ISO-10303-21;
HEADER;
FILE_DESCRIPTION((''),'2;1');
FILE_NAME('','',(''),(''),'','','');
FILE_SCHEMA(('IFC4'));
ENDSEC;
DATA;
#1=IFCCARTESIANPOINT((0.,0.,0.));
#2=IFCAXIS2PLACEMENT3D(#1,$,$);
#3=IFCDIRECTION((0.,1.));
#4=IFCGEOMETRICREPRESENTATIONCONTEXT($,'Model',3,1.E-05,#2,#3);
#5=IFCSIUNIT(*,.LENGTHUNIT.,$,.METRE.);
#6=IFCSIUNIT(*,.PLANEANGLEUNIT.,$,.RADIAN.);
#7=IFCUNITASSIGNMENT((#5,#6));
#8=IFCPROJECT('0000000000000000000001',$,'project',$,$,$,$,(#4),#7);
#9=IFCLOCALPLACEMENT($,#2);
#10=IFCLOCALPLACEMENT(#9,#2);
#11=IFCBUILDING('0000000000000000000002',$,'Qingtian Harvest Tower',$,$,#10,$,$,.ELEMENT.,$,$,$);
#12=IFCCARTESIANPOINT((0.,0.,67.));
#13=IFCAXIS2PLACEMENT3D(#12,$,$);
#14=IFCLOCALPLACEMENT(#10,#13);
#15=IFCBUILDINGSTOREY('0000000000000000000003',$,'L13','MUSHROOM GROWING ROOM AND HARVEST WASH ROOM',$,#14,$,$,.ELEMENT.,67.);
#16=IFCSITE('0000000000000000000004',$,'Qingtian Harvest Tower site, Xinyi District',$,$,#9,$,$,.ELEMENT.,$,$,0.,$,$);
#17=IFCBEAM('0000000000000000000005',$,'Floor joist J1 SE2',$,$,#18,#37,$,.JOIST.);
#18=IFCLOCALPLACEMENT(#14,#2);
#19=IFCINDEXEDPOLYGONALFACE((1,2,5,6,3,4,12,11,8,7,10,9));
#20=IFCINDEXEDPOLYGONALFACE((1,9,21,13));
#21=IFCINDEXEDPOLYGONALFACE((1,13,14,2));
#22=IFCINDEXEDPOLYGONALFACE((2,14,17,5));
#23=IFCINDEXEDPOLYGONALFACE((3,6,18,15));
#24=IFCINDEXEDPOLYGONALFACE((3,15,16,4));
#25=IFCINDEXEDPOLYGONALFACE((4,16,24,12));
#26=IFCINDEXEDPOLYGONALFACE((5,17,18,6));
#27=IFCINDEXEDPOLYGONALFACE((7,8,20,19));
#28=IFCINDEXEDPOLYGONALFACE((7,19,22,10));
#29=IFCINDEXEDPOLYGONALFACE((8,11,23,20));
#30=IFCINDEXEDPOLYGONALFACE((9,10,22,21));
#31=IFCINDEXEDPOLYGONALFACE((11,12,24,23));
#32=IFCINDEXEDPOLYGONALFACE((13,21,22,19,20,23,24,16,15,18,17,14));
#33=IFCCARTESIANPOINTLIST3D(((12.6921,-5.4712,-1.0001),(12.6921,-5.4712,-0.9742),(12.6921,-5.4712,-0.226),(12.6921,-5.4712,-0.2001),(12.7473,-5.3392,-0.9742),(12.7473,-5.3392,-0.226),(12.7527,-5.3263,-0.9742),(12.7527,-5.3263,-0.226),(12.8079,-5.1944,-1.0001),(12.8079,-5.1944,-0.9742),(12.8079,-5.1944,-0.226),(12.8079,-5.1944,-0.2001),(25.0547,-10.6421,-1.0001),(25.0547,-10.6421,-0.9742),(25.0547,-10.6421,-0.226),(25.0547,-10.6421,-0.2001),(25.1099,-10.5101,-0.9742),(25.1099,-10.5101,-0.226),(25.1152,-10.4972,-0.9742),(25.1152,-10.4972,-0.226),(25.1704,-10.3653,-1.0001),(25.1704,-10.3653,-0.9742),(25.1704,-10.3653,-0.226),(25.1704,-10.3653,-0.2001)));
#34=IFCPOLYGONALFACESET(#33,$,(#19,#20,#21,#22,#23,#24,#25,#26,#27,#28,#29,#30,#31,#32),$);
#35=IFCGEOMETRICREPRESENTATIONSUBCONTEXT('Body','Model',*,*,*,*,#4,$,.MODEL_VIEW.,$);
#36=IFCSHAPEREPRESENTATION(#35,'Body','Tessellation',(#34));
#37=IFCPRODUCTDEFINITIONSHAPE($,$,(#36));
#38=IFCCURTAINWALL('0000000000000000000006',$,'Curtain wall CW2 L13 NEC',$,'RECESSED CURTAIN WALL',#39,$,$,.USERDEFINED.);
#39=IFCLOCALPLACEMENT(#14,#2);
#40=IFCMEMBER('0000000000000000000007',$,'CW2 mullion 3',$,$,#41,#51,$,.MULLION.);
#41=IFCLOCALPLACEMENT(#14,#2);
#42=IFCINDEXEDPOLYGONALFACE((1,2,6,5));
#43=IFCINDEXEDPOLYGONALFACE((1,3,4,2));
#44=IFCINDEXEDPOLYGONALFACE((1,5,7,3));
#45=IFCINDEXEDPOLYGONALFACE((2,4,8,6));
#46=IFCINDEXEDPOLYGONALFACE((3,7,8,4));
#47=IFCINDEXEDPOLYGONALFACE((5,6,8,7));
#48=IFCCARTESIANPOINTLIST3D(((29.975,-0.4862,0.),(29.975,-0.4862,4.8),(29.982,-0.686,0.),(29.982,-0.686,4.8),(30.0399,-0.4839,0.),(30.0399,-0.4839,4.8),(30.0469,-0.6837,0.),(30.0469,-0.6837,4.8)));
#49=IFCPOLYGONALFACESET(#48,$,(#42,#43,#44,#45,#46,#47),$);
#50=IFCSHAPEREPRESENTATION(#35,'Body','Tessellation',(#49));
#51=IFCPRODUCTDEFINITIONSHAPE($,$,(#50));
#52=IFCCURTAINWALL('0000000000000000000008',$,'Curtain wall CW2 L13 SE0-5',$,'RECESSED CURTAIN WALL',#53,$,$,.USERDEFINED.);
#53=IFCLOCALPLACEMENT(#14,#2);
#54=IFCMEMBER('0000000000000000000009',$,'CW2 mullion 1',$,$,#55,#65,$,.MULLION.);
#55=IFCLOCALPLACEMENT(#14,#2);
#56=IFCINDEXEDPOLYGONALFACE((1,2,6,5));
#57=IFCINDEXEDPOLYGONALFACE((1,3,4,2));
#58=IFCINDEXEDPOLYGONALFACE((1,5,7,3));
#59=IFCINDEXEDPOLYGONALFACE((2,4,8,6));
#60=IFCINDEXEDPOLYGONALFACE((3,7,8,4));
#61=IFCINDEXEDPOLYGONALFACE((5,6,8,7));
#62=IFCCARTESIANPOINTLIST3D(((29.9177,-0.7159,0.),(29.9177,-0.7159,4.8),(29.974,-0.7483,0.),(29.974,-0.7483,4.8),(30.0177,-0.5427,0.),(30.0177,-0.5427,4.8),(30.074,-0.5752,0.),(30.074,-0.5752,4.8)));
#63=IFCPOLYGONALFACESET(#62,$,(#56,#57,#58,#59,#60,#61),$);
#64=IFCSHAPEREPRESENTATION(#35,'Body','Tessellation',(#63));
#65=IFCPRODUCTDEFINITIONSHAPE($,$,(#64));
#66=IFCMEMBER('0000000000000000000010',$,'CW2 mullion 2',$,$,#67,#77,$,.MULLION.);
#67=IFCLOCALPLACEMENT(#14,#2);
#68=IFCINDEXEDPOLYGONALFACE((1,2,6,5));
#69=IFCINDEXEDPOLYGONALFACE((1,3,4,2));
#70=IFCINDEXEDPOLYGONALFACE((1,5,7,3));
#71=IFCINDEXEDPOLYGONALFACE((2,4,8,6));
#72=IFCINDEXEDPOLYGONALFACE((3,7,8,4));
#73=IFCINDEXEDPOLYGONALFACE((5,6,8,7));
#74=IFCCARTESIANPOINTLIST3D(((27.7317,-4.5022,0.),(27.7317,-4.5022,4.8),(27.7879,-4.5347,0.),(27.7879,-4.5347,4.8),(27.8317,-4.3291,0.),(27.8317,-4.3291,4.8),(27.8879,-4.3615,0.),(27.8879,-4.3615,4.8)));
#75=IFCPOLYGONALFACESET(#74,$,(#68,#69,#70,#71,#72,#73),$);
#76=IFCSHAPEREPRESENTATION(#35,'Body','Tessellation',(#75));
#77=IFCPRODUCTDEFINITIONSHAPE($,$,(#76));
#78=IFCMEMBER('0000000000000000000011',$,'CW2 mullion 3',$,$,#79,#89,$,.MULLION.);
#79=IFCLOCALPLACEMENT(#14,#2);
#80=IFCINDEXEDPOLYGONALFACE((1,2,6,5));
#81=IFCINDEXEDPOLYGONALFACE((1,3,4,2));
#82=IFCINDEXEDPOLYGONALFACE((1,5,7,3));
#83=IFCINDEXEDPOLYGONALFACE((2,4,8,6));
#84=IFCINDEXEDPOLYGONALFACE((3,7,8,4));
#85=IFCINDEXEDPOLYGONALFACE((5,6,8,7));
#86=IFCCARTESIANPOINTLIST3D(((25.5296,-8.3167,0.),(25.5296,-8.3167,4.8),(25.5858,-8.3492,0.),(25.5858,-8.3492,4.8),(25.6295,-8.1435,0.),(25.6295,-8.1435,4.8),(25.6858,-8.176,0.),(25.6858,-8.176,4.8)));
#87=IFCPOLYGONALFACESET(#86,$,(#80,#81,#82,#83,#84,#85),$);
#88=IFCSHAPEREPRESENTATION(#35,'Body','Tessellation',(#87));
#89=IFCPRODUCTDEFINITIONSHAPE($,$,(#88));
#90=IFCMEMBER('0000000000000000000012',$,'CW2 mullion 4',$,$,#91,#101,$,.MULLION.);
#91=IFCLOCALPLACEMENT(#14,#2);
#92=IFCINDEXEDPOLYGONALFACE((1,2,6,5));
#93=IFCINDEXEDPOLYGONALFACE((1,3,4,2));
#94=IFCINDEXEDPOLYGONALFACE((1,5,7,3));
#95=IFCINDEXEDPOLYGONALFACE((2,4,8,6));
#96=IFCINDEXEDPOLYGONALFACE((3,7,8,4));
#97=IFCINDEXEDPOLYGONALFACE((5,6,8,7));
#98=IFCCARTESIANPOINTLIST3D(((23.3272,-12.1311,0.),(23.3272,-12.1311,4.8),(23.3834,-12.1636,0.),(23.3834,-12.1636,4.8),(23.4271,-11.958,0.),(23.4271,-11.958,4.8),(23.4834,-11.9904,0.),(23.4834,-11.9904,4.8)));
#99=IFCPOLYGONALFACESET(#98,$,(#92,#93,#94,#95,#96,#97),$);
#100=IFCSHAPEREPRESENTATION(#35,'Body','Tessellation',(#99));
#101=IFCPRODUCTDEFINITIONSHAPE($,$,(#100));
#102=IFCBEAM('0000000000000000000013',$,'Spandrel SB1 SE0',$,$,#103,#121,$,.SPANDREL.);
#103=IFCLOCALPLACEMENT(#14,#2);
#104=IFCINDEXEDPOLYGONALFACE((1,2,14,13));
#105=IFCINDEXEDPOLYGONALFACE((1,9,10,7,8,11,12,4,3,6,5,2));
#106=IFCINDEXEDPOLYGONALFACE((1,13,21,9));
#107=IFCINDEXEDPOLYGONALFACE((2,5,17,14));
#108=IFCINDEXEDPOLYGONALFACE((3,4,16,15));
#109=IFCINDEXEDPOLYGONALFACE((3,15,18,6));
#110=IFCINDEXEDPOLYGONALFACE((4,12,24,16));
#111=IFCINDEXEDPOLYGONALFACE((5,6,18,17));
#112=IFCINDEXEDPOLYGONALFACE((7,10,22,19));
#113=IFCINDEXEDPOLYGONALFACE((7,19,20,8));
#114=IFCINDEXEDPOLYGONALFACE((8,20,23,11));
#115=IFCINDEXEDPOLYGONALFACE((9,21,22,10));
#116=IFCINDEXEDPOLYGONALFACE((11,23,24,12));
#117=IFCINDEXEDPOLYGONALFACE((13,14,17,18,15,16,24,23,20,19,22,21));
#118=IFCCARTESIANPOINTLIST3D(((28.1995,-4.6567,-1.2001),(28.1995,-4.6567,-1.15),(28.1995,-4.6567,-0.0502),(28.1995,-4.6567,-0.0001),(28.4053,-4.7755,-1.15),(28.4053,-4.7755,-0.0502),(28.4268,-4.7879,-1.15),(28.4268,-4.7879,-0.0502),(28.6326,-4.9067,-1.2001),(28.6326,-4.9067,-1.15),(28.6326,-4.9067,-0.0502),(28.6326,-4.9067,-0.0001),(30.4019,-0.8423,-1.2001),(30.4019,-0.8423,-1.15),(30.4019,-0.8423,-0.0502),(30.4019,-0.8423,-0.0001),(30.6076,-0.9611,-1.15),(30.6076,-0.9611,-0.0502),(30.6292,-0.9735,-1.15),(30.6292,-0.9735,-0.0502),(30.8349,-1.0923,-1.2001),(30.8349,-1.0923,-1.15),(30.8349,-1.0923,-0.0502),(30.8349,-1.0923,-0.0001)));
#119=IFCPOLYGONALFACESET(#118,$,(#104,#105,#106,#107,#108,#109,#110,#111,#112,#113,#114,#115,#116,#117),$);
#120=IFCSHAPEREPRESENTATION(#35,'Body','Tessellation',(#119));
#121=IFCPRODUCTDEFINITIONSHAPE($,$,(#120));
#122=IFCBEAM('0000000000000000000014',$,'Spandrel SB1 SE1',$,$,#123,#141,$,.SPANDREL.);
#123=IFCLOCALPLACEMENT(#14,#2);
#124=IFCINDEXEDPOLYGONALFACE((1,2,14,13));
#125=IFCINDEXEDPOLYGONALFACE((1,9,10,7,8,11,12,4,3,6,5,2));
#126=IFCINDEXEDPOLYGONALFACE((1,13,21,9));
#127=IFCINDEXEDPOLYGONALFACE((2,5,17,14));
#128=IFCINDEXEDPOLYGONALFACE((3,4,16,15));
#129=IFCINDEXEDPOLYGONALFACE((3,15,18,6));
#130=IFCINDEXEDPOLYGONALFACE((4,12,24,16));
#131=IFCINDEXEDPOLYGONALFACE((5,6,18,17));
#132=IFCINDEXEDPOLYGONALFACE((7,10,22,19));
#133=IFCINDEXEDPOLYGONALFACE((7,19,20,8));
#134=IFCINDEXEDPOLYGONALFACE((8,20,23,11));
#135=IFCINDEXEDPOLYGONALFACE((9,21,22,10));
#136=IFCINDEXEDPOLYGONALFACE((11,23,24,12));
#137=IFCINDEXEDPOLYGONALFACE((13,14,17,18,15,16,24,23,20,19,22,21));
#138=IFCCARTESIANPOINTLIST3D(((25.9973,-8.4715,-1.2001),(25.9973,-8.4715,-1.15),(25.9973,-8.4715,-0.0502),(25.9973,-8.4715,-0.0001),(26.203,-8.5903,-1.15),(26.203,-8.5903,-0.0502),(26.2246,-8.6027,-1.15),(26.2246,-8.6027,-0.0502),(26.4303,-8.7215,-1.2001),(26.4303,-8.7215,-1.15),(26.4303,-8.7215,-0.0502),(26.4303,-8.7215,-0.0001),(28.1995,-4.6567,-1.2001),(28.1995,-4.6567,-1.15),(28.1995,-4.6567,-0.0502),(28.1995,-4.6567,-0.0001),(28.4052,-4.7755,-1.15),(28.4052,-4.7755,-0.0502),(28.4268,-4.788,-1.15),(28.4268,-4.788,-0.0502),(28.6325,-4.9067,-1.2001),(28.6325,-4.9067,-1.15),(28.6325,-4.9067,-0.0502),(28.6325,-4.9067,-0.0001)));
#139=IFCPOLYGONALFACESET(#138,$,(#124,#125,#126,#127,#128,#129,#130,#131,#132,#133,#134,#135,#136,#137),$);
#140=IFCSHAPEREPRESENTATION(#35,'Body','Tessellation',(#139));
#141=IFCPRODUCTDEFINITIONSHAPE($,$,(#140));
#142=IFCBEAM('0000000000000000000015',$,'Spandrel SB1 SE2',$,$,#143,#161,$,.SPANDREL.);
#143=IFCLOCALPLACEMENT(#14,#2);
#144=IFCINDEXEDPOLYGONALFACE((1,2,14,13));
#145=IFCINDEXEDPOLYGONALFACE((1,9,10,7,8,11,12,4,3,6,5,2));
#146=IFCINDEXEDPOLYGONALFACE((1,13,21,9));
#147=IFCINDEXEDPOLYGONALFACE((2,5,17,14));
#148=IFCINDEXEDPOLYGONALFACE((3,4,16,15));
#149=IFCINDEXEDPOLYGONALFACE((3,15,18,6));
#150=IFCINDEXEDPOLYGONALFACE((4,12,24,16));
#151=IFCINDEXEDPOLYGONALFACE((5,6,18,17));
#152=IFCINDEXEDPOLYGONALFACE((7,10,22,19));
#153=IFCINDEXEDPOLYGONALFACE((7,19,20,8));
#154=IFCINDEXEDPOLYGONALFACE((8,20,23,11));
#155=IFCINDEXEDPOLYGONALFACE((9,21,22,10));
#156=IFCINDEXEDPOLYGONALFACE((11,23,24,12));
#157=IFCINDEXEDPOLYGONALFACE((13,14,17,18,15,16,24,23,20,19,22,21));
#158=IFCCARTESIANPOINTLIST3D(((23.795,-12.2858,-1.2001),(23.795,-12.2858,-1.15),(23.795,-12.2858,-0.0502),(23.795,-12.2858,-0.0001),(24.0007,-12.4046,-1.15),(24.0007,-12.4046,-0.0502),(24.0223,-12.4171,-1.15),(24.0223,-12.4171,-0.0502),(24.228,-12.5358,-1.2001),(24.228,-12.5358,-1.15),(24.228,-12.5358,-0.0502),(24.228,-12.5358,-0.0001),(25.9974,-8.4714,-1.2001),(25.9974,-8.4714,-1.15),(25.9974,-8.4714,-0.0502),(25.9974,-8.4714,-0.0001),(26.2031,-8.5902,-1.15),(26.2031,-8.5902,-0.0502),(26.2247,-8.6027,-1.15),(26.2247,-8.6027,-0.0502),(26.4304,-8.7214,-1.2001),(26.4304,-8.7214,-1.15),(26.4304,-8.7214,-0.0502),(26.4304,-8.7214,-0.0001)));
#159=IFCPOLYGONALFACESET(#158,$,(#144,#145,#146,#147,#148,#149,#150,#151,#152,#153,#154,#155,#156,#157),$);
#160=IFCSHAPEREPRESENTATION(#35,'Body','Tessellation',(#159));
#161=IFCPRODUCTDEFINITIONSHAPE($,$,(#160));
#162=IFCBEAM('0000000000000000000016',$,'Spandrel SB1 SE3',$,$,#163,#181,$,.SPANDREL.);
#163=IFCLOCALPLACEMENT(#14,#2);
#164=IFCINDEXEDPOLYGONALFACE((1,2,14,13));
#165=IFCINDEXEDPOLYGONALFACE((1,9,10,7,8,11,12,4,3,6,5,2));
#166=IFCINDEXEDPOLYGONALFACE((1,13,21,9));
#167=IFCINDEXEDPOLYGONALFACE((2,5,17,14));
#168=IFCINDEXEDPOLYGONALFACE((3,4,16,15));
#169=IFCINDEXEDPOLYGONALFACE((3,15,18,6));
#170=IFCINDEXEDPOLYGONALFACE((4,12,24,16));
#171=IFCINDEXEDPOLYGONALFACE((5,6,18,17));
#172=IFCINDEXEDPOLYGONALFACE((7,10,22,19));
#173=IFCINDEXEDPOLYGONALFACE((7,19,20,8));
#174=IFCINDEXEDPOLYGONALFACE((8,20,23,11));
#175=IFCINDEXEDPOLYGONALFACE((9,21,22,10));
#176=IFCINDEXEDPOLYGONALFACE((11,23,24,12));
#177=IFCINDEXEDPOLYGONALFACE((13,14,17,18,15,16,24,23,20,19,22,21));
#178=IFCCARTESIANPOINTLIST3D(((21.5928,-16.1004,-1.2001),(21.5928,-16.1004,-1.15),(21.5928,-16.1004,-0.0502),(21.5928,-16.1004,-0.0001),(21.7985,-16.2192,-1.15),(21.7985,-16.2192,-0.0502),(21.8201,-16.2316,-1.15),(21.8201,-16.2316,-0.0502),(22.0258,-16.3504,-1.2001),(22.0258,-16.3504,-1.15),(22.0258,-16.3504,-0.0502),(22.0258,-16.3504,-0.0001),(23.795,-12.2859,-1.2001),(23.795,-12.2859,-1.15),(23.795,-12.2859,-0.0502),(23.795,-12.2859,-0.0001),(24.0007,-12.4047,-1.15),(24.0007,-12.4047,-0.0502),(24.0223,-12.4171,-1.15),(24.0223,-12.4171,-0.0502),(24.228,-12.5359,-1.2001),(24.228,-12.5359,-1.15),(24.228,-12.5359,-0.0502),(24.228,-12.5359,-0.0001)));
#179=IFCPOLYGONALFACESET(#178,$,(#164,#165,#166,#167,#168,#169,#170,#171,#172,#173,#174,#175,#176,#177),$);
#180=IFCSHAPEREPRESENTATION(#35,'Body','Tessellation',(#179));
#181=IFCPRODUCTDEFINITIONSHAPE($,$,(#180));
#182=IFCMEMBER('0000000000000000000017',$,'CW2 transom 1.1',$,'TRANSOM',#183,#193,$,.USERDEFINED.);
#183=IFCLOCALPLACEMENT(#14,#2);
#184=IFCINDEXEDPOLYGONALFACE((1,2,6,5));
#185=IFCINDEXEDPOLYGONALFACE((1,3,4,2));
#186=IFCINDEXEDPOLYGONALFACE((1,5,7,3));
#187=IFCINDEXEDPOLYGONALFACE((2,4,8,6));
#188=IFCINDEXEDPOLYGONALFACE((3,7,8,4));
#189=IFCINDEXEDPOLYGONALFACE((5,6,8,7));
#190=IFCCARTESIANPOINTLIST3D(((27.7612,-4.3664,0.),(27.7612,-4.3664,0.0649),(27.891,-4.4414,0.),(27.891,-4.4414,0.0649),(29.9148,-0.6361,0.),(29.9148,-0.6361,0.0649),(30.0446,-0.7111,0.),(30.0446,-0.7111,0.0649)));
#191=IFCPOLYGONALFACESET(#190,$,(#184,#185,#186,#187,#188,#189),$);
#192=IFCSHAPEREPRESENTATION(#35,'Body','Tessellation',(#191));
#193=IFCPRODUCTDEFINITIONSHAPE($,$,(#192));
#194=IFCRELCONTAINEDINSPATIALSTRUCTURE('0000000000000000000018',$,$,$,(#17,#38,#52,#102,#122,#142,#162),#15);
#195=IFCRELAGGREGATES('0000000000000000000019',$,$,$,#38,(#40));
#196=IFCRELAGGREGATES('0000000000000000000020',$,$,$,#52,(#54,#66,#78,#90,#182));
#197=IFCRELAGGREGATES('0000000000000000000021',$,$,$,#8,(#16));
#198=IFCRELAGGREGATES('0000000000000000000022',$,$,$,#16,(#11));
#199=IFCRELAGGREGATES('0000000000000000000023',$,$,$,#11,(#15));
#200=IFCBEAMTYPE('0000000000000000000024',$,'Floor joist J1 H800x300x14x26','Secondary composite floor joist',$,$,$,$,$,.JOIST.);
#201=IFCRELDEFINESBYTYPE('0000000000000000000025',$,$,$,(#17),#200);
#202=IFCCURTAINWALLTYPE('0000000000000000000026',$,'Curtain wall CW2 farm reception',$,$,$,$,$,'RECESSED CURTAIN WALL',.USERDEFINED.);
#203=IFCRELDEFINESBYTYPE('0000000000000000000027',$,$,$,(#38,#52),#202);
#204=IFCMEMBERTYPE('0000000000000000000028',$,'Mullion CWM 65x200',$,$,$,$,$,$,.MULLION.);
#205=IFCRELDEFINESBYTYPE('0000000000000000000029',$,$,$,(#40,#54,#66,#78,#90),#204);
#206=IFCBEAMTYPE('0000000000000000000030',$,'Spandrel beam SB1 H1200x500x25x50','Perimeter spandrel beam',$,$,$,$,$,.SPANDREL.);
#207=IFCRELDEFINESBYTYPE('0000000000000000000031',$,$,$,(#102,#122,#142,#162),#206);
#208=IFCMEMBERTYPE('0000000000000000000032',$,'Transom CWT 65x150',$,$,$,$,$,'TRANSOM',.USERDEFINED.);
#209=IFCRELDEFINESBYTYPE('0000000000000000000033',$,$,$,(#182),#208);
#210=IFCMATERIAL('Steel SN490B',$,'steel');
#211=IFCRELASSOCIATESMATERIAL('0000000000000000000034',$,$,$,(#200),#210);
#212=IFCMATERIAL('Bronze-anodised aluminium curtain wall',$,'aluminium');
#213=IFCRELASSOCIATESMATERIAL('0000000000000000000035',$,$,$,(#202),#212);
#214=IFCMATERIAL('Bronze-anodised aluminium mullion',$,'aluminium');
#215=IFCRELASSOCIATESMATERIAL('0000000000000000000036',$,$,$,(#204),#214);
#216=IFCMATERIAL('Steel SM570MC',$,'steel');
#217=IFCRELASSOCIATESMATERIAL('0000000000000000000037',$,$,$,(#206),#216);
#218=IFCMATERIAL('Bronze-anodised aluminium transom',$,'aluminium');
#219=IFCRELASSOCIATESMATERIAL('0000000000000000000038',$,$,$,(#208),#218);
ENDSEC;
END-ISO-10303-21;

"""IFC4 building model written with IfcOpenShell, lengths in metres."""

from ifc_helpers import new_model, si_unit, direction, frame, origin, origin_2d, place, context, subcontext, project, spatial, rectangle, i_section, extrude, material, material_profile, profile_set, type_object, element, aggregate, save


model = new_model("IFC4")

# Units and contexts
model_context = context("Model", 3, precision=1e-05, world=origin(), true_north=direction((0.0, 1.0)))
body_context = subcontext(model_context, "Body", "Model", "MODEL_VIEW")
ifc_project = project(units=[si_unit("LENGTHUNIT", "METRE"), si_unit("PLANEANGLEUNIT", "RADIAN")], contexts=[model_context])

# Site, building, storey
site_placement = place(None, origin())
site = spatial("IfcSite", under=ifc_project, at=site_placement, Name="Qingtian Harvest Tower site, Xinyi District", CompositionType="ELEMENT", RefElevation=0.0)
building_placement = place(site_placement, origin())
building = spatial("IfcBuilding", under=site, at=building_placement, Name="Qingtian Harvest Tower", CompositionType="ELEMENT")
storey_placement = place(building_placement, frame((0.0, 0.0, 67.0)))
storey = spatial("IfcBuildingStorey", under=building, at=storey_placement, Name="L13", Description="MUSHROOM GROWING ROOM AND HARVEST WASH ROOM", CompositionType="ELEMENT", Elevation=67.0)

# Beam
ifc_material_1 = material(Name="Steel SN490B", Category="steel")
ifc_material_profile_1 = material_profile(ifc_material_1, i_section(OverallWidth=0.3, OverallDepth=0.8, WebThickness=0.0139, FlangeThickness=0.0259, at=origin_2d()), Name="H800x300x14x26")
ifc_profile_set_1 = profile_set([ifc_material_profile_1], Name="Steel SN490B")
beam_type_1 = type_object("IfcBeamType", Name="Floor joist J1 H800x300x14x26", Description="Secondary composite floor joist", PredefinedType="JOIST", material=ifc_profile_set_1)
beam_1_placement = place(storey_placement, frame((25.1125, -10.5037, -0.6001), z_axis=(-0.922551, 0.385876, 0.0), x_axis=(-0.385876, -0.922551, 0.0)))
element("IfcBeam", 1, at=beam_1_placement, inside=storey, type_object=beam_type_1, Name="Floor joist J1 SE2", PredefinedType="JOIST", context=body_context, shape_type="SweptSolid", body=[
    extrude(i_section(OverallWidth=0.3, OverallDepth=0.8, WebThickness=0.0139, FlangeThickness=0.0259, at=origin_2d()), origin(), (0.0, 0.0, 1.0), 13.4004),
])

# Curtain wall, member
ifc_material_2 = material(Name="Bronze-anodised aluminium curtain wall", Category="aluminium")
curtain_wall_type = type_object("IfcCurtainWallType", Name="Curtain wall CW2 farm reception", ElementType="RECESSED CURTAIN WALL", PredefinedType="USERDEFINED", material=ifc_material_2)
curtain_wall_1_placement = place(storey_placement, origin())
curtain_wall_1 = element("IfcCurtainWall", 2, at=curtain_wall_1_placement, inside=storey, type_object=curtain_wall_type, Name="Curtain wall CW2 L13 NEC", ObjectType="RECESSED CURTAIN WALL", PredefinedType="USERDEFINED")
ifc_material_3 = material(Name="Bronze-anodised aluminium mullion", Category="aluminium")
ifc_material_profile_2 = material_profile(ifc_material_3, rectangle(XDim=0.0649, YDim=0.2, at=origin_2d()), Name="AL 65x200")
ifc_profile_set_2 = profile_set([ifc_material_profile_2], Name="Bronze-anodised aluminium mullion")
member_type_1 = type_object("IfcMemberType", Name="Mullion CWM 65x200", PredefinedType="MULLION", material=ifc_profile_set_2)
member_1_placement = place(storey_placement, frame((30.011, -0.585, 0.0), z_axis=(0.0, 0.0, 1.0), x_axis=(0.999391, 0.034899, 0.0)))
member_1 = element("IfcMember", 3, at=member_1_placement, type_object=member_type_1, Name="CW2 mullion 3", PredefinedType="MULLION", context=body_context, shape_type="SweptSolid", body=[
    extrude(rectangle(XDim=0.0649, YDim=0.2, at=origin_2d()), origin(), (0.0, 0.0, 1.0), 4.8),
])
aggregate(curtain_wall_1, [member_1])

# Curtain wall, members
curtain_wall_2_placement = place(storey_placement, origin())
curtain_wall_2 = element("IfcCurtainWall", 4, at=curtain_wall_2_placement, inside=storey, type_object=curtain_wall_type, Name="Curtain wall CW2 L13 SE0-5", ObjectType="RECESSED CURTAIN WALL", PredefinedType="USERDEFINED")
member_2_placement = place(storey_placement, frame((29.9958, -0.6455, 0.0), z_axis=(0.0, 0.0, 1.0), x_axis=(0.866025, -0.5, 0.0)))
member_2 = element("IfcMember", 5, at=member_2_placement, type_object=member_type_1, Name="CW2 mullion 1", PredefinedType="MULLION", context=body_context, shape_type="SweptSolid", body=[
    extrude(rectangle(XDim=0.0649, YDim=0.2, at=origin_2d()), origin(), (0.0, 0.0, 1.0), 4.8),
])
member_3_placement = place(storey_placement, frame((27.8098, -4.4319, 0.0), z_axis=(0.0, 0.0, 1.0), x_axis=(0.866025, -0.5, 0.0)))
member_3 = element("IfcMember", 6, at=member_3_placement, type_object=member_type_1, Name="CW2 mullion 2", PredefinedType="MULLION", context=body_context, shape_type="SweptSolid", body=[
    extrude(rectangle(XDim=0.0649, YDim=0.2, at=origin_2d()), origin(), (0.0, 0.0, 1.0), 4.8),
])
member_4_placement = place(storey_placement, frame((25.6077, -8.2463, 0.0), z_axis=(0.0, 0.0, 1.0), x_axis=(0.866025, -0.5, 0.0)))
member_4 = element("IfcMember", 7, at=member_4_placement, type_object=member_type_1, Name="CW2 mullion 3", PredefinedType="MULLION", context=body_context, shape_type="SweptSolid", body=[
    extrude(rectangle(XDim=0.0649, YDim=0.2, at=origin_2d()), origin(), (0.0, 0.0, 1.0), 4.8),
])
member_5_placement = place(storey_placement, frame((23.4053, -12.0608, 0.0), z_axis=(0.0, 0.0, 1.0), x_axis=(0.866025, -0.5, 0.0)))
member_5 = element("IfcMember", 8, at=member_5_placement, type_object=member_type_1, Name="CW2 mullion 4", PredefinedType="MULLION", context=body_context, shape_type="SweptSolid", body=[
    extrude(rectangle(XDim=0.0649, YDim=0.2, at=origin_2d()), origin(), (0.0, 0.0, 1.0), 4.8),
])

# Beams
ifc_material_4 = material(Name="Steel SM570MC", Category="steel")
ifc_material_profile_3 = material_profile(ifc_material_4, i_section(OverallWidth=0.5, OverallDepth=1.2, WebThickness=0.0249, FlangeThickness=0.05, at=origin_2d()), Name="H1200x500x25x50")
ifc_profile_set_3 = profile_set([ifc_material_profile_3], Name="Steel SM570MC")
beam_type_2 = type_object("IfcBeamType", Name="Spandrel beam SB1 H1200x500x25x50", Description="Perimeter spandrel beam", PredefinedType="SPANDREL", material=ifc_profile_set_3)
beam_2_placement = place(storey_placement, frame((30.6184, -0.9673, -0.6001), z_axis=(-0.50002, -0.866014, 0.0), x_axis=(0.866014, -0.50002, 0.0)))
element("IfcBeam", 9, at=beam_2_placement, inside=storey, type_object=beam_type_2, Name="Spandrel SB1 SE0", PredefinedType="SPANDREL", context=body_context, shape_type="SweptSolid", body=[
    extrude(i_section(OverallWidth=0.5, OverallDepth=1.2, WebThickness=0.0249, FlangeThickness=0.05, at=origin_2d()), origin(), (0.0, 0.0, 1.0), 4.4045),
])
beam_3_placement = place(storey_placement, frame((28.416, -4.7817, -0.6001), z_axis=(-0.499954, -0.866052, 0.0), x_axis=(0.866052, -0.499954, 0.0)))
element("IfcBeam", 10, at=beam_3_placement, inside=storey, type_object=beam_type_2, Name="Spandrel SB1 SE1", PredefinedType="SPANDREL", context=body_context, shape_type="SweptSolid", body=[
    extrude(i_section(OverallWidth=0.5, OverallDepth=1.2, WebThickness=0.0249, FlangeThickness=0.05, at=origin_2d()), origin(), (0.0, 0.0, 1.0), 4.4048),
])
for number, where, z_axis, x_axis, name in (
    (11, (26.2139, -8.5964, -0.6001), (-0.50002, -0.866014, 0.0), (0.866014, -0.50002, 0.0), "Spandrel SB1 SE2"),
    (12, (24.0115, -12.4109, -0.6001), (-0.499978, -0.866038, 0.0), (0.866038, -0.499978, 0.0), "Spandrel SB1 SE3"),
):
    element("IfcBeam", number, at=place(storey_placement, frame(where, z_axis=z_axis, x_axis=x_axis)), inside=storey, type_object=beam_type_2, Name=name, PredefinedType="SPANDREL", context=body_context, shape_type="SweptSolid", body=[
        extrude(i_section(OverallWidth=0.5, OverallDepth=1.2, WebThickness=0.0249, FlangeThickness=0.05, at=origin_2d()), origin(), (0.0, 0.0, 1.0), 4.4045),
    ])

# Member
ifc_material_5 = material(Name="Bronze-anodised aluminium transom", Category="aluminium")
ifc_material_profile_4 = material_profile(ifc_material_5, rectangle(XDim=0.1499, YDim=0.0649, at=origin_2d()), Name="AL 65x150")
ifc_profile_set_4 = profile_set([ifc_material_profile_4], Name="Bronze-anodised aluminium transom")
member_type_2 = type_object("IfcMemberType", Name="Transom CWT 65x150", ElementType="TRANSOM", PredefinedType="USERDEFINED", material=ifc_profile_set_4)
member_6_placement = place(storey_placement, frame((29.9797, -0.6736, 0.0325), z_axis=(-0.499986, -0.866034, 0.0), x_axis=(0.866034, -0.499986, 0.0)))
member_6 = element("IfcMember", 13, at=member_6_placement, type_object=member_type_2, Name="CW2 transom 1.1", ObjectType="TRANSOM", PredefinedType="USERDEFINED", context=body_context, shape_type="SweptSolid", body=[
    extrude(rectangle(XDim=0.1499, YDim=0.0649, at=origin_2d()), origin(), (0.0, 0.0, 1.0), 4.3074),
])

aggregate(curtain_wall_2, [member_2, member_3, member_4, member_5, member_6])

save(model, "model.ifc")
